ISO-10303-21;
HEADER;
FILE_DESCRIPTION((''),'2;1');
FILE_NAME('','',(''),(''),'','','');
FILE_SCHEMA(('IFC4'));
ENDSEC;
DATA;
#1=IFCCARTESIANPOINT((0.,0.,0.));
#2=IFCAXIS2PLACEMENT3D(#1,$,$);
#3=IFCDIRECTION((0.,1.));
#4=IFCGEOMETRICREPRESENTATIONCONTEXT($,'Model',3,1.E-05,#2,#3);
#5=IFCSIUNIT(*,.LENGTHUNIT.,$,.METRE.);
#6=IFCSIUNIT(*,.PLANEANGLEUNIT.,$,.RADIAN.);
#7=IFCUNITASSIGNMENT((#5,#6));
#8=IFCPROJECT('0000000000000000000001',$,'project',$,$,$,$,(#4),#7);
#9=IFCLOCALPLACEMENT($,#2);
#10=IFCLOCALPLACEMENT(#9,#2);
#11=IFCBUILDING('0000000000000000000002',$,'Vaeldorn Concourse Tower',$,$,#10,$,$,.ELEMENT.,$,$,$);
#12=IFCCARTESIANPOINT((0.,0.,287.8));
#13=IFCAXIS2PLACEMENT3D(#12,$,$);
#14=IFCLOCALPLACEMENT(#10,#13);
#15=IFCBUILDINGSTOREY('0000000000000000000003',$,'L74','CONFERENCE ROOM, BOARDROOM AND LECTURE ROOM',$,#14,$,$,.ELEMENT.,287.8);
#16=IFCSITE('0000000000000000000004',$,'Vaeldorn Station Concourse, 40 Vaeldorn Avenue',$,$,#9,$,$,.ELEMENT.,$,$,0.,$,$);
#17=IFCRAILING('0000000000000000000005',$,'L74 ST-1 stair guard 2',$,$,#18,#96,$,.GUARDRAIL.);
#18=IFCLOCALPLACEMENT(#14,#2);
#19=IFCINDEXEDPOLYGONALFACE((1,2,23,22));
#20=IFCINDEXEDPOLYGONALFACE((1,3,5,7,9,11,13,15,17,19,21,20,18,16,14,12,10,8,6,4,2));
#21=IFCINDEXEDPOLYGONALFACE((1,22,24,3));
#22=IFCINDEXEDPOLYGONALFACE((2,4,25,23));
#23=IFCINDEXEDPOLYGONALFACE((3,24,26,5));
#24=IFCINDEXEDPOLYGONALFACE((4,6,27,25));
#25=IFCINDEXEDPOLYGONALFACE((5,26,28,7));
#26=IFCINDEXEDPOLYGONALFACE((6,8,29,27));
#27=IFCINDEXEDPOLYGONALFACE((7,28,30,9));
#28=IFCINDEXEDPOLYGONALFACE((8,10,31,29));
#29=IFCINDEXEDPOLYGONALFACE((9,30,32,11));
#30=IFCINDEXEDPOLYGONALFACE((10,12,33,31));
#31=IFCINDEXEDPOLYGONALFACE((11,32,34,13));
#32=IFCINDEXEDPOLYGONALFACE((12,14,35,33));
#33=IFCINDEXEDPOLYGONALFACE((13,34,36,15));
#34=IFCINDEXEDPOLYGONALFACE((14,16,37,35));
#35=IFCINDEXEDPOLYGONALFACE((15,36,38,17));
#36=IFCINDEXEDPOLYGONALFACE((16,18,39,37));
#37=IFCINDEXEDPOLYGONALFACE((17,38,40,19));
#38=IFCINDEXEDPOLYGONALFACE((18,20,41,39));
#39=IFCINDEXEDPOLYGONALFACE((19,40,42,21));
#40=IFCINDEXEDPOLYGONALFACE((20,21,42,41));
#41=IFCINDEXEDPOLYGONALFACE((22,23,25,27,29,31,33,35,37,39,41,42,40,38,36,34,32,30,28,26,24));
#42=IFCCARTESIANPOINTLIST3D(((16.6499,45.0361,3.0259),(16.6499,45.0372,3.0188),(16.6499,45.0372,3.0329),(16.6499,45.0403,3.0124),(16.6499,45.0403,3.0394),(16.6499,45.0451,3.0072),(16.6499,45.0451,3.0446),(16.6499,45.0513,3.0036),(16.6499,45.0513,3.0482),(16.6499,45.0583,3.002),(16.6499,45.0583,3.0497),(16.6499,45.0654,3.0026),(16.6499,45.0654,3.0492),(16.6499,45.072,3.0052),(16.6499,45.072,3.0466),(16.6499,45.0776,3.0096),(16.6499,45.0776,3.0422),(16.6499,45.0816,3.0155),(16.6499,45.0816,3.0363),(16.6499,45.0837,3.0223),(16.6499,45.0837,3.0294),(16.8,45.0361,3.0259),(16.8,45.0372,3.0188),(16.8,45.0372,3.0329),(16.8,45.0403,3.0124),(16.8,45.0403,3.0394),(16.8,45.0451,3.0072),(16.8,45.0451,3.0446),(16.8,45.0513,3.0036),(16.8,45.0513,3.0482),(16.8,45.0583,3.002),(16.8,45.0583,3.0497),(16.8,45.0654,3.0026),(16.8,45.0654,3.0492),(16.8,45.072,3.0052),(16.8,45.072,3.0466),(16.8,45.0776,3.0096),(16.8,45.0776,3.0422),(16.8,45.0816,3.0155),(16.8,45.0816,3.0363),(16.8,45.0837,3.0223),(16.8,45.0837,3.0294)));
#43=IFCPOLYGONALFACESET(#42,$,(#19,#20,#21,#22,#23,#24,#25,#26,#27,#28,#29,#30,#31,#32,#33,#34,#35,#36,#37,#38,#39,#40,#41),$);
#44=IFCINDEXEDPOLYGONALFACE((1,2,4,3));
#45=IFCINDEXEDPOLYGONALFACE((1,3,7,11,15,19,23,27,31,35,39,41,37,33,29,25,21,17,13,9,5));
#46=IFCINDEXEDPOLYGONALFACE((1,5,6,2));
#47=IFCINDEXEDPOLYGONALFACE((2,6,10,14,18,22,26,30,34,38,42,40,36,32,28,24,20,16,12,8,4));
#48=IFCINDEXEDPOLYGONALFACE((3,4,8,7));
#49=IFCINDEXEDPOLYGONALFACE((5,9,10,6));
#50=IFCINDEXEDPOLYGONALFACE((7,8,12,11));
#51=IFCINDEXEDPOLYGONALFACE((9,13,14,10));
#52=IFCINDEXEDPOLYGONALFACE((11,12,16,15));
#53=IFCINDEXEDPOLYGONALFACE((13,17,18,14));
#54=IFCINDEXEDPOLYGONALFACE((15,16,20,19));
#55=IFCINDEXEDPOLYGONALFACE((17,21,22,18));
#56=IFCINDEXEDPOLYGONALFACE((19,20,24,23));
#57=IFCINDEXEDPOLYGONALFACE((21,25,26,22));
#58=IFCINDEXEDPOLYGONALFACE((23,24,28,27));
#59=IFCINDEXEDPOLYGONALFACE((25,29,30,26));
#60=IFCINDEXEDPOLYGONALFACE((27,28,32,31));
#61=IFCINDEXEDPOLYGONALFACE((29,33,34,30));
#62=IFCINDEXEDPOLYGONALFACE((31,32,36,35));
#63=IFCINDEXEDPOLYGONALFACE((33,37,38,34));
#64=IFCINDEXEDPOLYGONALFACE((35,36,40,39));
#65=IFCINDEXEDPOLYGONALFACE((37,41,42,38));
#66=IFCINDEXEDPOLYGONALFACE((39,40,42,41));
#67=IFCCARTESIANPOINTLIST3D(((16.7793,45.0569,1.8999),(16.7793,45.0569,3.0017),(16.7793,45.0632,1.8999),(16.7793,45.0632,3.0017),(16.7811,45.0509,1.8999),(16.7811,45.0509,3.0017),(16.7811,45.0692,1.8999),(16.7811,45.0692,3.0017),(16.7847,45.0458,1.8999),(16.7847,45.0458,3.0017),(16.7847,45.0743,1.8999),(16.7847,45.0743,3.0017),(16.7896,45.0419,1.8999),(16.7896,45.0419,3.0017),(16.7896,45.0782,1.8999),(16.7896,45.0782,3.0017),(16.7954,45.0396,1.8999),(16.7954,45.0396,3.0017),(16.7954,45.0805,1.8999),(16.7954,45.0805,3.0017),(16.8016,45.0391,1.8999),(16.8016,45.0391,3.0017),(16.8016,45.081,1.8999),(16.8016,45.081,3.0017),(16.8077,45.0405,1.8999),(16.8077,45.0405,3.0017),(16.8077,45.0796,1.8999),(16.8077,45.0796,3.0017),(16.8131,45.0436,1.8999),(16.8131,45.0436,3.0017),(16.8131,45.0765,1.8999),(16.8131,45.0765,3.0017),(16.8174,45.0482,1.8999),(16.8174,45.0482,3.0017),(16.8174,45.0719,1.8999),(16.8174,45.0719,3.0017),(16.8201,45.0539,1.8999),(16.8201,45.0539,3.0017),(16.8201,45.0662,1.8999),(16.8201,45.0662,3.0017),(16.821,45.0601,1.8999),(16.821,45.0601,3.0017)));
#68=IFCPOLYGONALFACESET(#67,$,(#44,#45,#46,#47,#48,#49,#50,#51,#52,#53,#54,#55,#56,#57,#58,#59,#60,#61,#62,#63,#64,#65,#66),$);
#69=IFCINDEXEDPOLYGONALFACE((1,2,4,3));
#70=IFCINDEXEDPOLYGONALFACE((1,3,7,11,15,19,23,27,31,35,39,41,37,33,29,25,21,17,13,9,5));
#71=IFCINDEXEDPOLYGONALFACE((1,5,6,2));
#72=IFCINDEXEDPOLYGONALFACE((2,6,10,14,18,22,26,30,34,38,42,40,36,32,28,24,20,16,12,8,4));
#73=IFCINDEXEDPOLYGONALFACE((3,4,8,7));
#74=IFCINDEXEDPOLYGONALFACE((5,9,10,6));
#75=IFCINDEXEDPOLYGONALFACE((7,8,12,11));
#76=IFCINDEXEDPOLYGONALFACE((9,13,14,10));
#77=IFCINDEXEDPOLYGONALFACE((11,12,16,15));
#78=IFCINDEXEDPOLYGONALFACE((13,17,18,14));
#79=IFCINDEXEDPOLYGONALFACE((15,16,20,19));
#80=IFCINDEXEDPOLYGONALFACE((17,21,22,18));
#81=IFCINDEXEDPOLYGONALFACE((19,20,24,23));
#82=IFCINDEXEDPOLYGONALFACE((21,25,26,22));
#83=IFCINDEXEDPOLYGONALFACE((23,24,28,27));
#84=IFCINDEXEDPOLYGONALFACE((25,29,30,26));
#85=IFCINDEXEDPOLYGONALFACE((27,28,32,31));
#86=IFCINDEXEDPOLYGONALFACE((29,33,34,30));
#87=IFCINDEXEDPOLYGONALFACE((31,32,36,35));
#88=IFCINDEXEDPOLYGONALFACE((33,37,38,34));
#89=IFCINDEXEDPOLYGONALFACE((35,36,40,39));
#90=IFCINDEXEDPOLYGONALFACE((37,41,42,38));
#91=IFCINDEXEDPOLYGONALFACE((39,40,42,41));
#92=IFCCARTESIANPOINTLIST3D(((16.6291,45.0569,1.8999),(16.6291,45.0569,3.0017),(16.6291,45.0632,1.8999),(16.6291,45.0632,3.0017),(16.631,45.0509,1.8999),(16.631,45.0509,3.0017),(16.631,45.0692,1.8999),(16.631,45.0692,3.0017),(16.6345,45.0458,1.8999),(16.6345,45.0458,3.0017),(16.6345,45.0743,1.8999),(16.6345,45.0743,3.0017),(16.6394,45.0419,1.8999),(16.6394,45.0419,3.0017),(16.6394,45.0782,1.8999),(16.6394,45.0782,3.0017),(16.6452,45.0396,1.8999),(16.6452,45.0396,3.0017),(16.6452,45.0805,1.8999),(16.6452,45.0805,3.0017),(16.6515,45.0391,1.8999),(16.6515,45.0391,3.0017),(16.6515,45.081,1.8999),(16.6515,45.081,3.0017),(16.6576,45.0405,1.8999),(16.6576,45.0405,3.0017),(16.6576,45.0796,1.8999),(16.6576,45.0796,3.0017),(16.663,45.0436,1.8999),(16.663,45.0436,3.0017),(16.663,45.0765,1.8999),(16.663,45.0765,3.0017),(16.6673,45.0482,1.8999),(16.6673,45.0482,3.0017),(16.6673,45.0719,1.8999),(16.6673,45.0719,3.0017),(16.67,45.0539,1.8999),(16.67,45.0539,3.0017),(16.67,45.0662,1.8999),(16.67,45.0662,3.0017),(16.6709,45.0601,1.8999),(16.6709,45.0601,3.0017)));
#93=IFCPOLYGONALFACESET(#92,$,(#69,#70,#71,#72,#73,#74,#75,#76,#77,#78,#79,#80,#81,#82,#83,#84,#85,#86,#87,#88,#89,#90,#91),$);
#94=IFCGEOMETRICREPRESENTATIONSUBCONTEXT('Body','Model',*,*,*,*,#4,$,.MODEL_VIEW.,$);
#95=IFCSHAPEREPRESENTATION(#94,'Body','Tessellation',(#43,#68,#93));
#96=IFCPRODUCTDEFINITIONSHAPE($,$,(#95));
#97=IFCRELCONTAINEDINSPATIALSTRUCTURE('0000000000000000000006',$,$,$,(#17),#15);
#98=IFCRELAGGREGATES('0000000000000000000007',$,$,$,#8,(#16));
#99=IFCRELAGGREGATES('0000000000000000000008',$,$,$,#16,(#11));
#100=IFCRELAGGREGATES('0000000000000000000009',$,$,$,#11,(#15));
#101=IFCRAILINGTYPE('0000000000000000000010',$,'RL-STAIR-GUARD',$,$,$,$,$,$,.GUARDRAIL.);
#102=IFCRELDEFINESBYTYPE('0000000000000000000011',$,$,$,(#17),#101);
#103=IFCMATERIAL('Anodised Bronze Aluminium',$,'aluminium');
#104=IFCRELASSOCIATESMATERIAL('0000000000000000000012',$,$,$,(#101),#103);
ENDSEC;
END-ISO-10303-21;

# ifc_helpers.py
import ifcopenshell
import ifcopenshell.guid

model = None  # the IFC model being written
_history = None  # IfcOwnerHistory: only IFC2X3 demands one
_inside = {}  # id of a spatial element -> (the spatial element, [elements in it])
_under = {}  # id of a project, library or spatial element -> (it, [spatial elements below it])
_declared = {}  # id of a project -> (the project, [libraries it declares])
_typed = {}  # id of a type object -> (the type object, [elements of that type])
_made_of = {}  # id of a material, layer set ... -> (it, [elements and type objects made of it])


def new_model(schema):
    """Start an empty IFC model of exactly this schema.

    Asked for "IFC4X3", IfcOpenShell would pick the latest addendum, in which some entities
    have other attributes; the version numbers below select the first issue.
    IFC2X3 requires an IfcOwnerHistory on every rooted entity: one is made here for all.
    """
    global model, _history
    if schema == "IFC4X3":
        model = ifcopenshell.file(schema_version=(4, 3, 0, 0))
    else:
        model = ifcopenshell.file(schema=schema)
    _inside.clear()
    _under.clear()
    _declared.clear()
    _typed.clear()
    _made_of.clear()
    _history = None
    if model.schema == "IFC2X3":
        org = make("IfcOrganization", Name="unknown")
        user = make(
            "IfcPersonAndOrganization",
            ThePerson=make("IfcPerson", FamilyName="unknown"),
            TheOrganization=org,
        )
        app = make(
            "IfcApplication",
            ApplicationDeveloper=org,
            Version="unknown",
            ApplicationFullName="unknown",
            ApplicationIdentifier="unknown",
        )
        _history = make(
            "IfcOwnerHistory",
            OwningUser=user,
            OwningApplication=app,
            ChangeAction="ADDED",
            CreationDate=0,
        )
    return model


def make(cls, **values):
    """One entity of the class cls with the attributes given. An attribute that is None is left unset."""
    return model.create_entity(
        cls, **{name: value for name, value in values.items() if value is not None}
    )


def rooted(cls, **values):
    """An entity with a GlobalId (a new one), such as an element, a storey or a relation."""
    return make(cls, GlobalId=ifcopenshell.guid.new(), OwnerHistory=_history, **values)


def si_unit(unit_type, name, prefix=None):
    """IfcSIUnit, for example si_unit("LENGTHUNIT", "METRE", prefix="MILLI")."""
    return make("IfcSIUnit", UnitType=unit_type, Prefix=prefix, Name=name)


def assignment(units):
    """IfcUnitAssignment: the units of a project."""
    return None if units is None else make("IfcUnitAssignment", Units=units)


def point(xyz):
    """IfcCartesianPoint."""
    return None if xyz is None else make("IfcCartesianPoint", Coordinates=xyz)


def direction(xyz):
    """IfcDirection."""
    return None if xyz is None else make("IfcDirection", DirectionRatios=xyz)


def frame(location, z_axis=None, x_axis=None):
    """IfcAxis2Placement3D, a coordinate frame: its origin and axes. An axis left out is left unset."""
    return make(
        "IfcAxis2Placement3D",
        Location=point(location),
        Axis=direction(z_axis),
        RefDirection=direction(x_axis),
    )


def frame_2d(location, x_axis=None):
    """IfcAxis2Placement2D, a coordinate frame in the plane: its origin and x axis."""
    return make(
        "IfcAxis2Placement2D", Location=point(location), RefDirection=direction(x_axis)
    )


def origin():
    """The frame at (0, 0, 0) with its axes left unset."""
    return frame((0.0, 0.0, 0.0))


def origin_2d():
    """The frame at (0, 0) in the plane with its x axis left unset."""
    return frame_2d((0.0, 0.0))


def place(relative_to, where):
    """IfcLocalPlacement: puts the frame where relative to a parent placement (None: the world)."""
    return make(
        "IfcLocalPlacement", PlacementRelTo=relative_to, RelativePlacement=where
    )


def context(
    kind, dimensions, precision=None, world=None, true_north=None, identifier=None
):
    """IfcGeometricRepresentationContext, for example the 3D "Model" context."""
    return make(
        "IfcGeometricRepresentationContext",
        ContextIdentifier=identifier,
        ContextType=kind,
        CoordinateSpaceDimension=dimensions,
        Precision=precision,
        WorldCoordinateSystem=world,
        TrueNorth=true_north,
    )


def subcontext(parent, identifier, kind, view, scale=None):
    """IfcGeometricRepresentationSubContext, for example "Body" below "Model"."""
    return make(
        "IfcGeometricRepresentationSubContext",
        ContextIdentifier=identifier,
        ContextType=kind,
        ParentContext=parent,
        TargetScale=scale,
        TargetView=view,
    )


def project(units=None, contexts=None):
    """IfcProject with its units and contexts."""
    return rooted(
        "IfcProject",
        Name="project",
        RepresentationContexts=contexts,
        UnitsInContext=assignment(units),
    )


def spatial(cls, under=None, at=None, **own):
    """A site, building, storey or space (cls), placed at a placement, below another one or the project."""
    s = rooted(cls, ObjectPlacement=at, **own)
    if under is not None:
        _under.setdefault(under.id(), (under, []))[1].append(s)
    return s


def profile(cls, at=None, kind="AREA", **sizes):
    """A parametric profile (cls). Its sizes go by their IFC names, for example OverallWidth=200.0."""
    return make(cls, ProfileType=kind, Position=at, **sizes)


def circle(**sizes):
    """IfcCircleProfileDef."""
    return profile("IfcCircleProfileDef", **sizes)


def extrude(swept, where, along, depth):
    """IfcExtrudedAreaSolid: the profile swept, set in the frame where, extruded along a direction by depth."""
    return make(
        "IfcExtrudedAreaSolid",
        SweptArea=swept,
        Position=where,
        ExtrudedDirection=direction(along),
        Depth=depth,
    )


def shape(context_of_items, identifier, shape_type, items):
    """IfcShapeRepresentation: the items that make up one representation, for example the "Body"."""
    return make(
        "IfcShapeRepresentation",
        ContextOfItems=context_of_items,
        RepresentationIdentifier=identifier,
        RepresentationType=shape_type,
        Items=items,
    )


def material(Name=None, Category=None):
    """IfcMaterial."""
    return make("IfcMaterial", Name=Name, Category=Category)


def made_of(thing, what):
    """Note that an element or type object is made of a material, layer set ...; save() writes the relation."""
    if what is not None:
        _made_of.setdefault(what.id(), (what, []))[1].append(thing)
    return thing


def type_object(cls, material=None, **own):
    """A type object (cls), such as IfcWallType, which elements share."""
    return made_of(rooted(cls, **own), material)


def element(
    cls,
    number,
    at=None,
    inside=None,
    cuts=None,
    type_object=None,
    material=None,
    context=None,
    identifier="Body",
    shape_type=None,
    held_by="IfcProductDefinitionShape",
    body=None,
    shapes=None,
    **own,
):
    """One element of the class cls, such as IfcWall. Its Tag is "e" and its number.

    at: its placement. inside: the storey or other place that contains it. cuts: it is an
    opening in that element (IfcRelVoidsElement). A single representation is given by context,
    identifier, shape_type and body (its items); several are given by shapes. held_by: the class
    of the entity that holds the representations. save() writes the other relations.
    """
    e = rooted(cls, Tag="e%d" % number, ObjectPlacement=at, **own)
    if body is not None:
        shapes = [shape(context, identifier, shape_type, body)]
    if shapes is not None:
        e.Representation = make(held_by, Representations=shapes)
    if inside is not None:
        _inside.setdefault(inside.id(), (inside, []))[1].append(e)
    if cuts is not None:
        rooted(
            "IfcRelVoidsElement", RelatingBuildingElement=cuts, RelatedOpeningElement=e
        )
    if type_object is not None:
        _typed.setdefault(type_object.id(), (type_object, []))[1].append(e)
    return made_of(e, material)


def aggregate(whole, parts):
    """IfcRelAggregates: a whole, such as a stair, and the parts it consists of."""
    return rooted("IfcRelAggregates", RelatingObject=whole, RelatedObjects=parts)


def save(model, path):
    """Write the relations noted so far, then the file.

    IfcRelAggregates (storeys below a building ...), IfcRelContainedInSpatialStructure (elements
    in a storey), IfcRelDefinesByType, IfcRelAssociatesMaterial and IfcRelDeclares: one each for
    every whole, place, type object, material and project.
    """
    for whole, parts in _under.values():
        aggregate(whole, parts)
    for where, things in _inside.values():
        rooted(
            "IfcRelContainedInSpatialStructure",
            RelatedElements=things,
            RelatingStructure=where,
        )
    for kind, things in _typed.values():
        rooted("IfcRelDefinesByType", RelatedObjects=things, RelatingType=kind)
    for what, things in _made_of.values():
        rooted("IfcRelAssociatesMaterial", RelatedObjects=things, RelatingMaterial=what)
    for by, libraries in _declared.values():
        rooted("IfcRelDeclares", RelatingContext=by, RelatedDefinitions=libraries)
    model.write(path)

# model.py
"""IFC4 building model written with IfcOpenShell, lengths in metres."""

from ifc_helpers import new_model, si_unit, direction, frame, origin, origin_2d, place, context, subcontext, project, spatial, circle, extrude, material, type_object, element, save


model = new_model("IFC4")

# Units and contexts
model_context = context("Model", 3, precision=1e-05, world=origin(), true_north=direction((0.0, 1.0)))
body_context = subcontext(model_context, "Body", "Model", "MODEL_VIEW")
ifc_project = project(units=[si_unit("LENGTHUNIT", "METRE"), si_unit("PLANEANGLEUNIT", "RADIAN")], contexts=[model_context])

# Site, building, storey
site_placement = place(None, origin())
site = spatial("IfcSite", under=ifc_project, at=site_placement, Name="Vaeldorn Station Concourse, 40 Vaeldorn Avenue", CompositionType="ELEMENT", RefElevation=0.0)
building_placement = place(site_placement, origin())
building = spatial("IfcBuilding", under=site, at=building_placement, Name="Vaeldorn Concourse Tower", CompositionType="ELEMENT")
storey_placement = place(building_placement, frame((0.0, 0.0, 287.8)))
storey = spatial("IfcBuildingStorey", under=building, at=storey_placement, Name="L74", Description="CONFERENCE ROOM, BOARDROOM AND LECTURE ROOM", CompositionType="ELEMENT", Elevation=287.8)

# Shared definitions
ifc_material_1 = material(Name="Anodised Bronze Aluminium", Category="aluminium")

# Railing
railing_type_1 = type_object("IfcRailingType", Name="RL-STAIR-GUARD", PredefinedType="GUARDRAIL", material=ifc_material_1)
railing_1_placement = place(storey_placement, frame((16.8, 45.0601, 1.8999)))
element("IfcRailing", 1, at=railing_1_placement, inside=storey, type_object=railing_type_1, Name="L74 ST-1 stair guard 2", PredefinedType="GUARDRAIL", context=body_context, shape_type="SweptSolid", body=[
    extrude(circle(Radius=0.0239, at=origin_2d()), frame((0.0, 0.0, 1.126), z_axis=(-1.0, 0.0, 0.0), x_axis=(0.0, -1.0, 0.0)), (0.0, 0.0, 1.0), 0.1501),
    extrude(circle(Radius=0.021, at=origin_2d()), origin(), (0.0, 0.0, 1.0), 1.1018),
    extrude(circle(Radius=0.021, at=origin_2d()), frame((-0.1501, 0.0, 0.0)), (0.0, 0.0, 1.0), 1.1018),
])

save(model, "model.ifc")
